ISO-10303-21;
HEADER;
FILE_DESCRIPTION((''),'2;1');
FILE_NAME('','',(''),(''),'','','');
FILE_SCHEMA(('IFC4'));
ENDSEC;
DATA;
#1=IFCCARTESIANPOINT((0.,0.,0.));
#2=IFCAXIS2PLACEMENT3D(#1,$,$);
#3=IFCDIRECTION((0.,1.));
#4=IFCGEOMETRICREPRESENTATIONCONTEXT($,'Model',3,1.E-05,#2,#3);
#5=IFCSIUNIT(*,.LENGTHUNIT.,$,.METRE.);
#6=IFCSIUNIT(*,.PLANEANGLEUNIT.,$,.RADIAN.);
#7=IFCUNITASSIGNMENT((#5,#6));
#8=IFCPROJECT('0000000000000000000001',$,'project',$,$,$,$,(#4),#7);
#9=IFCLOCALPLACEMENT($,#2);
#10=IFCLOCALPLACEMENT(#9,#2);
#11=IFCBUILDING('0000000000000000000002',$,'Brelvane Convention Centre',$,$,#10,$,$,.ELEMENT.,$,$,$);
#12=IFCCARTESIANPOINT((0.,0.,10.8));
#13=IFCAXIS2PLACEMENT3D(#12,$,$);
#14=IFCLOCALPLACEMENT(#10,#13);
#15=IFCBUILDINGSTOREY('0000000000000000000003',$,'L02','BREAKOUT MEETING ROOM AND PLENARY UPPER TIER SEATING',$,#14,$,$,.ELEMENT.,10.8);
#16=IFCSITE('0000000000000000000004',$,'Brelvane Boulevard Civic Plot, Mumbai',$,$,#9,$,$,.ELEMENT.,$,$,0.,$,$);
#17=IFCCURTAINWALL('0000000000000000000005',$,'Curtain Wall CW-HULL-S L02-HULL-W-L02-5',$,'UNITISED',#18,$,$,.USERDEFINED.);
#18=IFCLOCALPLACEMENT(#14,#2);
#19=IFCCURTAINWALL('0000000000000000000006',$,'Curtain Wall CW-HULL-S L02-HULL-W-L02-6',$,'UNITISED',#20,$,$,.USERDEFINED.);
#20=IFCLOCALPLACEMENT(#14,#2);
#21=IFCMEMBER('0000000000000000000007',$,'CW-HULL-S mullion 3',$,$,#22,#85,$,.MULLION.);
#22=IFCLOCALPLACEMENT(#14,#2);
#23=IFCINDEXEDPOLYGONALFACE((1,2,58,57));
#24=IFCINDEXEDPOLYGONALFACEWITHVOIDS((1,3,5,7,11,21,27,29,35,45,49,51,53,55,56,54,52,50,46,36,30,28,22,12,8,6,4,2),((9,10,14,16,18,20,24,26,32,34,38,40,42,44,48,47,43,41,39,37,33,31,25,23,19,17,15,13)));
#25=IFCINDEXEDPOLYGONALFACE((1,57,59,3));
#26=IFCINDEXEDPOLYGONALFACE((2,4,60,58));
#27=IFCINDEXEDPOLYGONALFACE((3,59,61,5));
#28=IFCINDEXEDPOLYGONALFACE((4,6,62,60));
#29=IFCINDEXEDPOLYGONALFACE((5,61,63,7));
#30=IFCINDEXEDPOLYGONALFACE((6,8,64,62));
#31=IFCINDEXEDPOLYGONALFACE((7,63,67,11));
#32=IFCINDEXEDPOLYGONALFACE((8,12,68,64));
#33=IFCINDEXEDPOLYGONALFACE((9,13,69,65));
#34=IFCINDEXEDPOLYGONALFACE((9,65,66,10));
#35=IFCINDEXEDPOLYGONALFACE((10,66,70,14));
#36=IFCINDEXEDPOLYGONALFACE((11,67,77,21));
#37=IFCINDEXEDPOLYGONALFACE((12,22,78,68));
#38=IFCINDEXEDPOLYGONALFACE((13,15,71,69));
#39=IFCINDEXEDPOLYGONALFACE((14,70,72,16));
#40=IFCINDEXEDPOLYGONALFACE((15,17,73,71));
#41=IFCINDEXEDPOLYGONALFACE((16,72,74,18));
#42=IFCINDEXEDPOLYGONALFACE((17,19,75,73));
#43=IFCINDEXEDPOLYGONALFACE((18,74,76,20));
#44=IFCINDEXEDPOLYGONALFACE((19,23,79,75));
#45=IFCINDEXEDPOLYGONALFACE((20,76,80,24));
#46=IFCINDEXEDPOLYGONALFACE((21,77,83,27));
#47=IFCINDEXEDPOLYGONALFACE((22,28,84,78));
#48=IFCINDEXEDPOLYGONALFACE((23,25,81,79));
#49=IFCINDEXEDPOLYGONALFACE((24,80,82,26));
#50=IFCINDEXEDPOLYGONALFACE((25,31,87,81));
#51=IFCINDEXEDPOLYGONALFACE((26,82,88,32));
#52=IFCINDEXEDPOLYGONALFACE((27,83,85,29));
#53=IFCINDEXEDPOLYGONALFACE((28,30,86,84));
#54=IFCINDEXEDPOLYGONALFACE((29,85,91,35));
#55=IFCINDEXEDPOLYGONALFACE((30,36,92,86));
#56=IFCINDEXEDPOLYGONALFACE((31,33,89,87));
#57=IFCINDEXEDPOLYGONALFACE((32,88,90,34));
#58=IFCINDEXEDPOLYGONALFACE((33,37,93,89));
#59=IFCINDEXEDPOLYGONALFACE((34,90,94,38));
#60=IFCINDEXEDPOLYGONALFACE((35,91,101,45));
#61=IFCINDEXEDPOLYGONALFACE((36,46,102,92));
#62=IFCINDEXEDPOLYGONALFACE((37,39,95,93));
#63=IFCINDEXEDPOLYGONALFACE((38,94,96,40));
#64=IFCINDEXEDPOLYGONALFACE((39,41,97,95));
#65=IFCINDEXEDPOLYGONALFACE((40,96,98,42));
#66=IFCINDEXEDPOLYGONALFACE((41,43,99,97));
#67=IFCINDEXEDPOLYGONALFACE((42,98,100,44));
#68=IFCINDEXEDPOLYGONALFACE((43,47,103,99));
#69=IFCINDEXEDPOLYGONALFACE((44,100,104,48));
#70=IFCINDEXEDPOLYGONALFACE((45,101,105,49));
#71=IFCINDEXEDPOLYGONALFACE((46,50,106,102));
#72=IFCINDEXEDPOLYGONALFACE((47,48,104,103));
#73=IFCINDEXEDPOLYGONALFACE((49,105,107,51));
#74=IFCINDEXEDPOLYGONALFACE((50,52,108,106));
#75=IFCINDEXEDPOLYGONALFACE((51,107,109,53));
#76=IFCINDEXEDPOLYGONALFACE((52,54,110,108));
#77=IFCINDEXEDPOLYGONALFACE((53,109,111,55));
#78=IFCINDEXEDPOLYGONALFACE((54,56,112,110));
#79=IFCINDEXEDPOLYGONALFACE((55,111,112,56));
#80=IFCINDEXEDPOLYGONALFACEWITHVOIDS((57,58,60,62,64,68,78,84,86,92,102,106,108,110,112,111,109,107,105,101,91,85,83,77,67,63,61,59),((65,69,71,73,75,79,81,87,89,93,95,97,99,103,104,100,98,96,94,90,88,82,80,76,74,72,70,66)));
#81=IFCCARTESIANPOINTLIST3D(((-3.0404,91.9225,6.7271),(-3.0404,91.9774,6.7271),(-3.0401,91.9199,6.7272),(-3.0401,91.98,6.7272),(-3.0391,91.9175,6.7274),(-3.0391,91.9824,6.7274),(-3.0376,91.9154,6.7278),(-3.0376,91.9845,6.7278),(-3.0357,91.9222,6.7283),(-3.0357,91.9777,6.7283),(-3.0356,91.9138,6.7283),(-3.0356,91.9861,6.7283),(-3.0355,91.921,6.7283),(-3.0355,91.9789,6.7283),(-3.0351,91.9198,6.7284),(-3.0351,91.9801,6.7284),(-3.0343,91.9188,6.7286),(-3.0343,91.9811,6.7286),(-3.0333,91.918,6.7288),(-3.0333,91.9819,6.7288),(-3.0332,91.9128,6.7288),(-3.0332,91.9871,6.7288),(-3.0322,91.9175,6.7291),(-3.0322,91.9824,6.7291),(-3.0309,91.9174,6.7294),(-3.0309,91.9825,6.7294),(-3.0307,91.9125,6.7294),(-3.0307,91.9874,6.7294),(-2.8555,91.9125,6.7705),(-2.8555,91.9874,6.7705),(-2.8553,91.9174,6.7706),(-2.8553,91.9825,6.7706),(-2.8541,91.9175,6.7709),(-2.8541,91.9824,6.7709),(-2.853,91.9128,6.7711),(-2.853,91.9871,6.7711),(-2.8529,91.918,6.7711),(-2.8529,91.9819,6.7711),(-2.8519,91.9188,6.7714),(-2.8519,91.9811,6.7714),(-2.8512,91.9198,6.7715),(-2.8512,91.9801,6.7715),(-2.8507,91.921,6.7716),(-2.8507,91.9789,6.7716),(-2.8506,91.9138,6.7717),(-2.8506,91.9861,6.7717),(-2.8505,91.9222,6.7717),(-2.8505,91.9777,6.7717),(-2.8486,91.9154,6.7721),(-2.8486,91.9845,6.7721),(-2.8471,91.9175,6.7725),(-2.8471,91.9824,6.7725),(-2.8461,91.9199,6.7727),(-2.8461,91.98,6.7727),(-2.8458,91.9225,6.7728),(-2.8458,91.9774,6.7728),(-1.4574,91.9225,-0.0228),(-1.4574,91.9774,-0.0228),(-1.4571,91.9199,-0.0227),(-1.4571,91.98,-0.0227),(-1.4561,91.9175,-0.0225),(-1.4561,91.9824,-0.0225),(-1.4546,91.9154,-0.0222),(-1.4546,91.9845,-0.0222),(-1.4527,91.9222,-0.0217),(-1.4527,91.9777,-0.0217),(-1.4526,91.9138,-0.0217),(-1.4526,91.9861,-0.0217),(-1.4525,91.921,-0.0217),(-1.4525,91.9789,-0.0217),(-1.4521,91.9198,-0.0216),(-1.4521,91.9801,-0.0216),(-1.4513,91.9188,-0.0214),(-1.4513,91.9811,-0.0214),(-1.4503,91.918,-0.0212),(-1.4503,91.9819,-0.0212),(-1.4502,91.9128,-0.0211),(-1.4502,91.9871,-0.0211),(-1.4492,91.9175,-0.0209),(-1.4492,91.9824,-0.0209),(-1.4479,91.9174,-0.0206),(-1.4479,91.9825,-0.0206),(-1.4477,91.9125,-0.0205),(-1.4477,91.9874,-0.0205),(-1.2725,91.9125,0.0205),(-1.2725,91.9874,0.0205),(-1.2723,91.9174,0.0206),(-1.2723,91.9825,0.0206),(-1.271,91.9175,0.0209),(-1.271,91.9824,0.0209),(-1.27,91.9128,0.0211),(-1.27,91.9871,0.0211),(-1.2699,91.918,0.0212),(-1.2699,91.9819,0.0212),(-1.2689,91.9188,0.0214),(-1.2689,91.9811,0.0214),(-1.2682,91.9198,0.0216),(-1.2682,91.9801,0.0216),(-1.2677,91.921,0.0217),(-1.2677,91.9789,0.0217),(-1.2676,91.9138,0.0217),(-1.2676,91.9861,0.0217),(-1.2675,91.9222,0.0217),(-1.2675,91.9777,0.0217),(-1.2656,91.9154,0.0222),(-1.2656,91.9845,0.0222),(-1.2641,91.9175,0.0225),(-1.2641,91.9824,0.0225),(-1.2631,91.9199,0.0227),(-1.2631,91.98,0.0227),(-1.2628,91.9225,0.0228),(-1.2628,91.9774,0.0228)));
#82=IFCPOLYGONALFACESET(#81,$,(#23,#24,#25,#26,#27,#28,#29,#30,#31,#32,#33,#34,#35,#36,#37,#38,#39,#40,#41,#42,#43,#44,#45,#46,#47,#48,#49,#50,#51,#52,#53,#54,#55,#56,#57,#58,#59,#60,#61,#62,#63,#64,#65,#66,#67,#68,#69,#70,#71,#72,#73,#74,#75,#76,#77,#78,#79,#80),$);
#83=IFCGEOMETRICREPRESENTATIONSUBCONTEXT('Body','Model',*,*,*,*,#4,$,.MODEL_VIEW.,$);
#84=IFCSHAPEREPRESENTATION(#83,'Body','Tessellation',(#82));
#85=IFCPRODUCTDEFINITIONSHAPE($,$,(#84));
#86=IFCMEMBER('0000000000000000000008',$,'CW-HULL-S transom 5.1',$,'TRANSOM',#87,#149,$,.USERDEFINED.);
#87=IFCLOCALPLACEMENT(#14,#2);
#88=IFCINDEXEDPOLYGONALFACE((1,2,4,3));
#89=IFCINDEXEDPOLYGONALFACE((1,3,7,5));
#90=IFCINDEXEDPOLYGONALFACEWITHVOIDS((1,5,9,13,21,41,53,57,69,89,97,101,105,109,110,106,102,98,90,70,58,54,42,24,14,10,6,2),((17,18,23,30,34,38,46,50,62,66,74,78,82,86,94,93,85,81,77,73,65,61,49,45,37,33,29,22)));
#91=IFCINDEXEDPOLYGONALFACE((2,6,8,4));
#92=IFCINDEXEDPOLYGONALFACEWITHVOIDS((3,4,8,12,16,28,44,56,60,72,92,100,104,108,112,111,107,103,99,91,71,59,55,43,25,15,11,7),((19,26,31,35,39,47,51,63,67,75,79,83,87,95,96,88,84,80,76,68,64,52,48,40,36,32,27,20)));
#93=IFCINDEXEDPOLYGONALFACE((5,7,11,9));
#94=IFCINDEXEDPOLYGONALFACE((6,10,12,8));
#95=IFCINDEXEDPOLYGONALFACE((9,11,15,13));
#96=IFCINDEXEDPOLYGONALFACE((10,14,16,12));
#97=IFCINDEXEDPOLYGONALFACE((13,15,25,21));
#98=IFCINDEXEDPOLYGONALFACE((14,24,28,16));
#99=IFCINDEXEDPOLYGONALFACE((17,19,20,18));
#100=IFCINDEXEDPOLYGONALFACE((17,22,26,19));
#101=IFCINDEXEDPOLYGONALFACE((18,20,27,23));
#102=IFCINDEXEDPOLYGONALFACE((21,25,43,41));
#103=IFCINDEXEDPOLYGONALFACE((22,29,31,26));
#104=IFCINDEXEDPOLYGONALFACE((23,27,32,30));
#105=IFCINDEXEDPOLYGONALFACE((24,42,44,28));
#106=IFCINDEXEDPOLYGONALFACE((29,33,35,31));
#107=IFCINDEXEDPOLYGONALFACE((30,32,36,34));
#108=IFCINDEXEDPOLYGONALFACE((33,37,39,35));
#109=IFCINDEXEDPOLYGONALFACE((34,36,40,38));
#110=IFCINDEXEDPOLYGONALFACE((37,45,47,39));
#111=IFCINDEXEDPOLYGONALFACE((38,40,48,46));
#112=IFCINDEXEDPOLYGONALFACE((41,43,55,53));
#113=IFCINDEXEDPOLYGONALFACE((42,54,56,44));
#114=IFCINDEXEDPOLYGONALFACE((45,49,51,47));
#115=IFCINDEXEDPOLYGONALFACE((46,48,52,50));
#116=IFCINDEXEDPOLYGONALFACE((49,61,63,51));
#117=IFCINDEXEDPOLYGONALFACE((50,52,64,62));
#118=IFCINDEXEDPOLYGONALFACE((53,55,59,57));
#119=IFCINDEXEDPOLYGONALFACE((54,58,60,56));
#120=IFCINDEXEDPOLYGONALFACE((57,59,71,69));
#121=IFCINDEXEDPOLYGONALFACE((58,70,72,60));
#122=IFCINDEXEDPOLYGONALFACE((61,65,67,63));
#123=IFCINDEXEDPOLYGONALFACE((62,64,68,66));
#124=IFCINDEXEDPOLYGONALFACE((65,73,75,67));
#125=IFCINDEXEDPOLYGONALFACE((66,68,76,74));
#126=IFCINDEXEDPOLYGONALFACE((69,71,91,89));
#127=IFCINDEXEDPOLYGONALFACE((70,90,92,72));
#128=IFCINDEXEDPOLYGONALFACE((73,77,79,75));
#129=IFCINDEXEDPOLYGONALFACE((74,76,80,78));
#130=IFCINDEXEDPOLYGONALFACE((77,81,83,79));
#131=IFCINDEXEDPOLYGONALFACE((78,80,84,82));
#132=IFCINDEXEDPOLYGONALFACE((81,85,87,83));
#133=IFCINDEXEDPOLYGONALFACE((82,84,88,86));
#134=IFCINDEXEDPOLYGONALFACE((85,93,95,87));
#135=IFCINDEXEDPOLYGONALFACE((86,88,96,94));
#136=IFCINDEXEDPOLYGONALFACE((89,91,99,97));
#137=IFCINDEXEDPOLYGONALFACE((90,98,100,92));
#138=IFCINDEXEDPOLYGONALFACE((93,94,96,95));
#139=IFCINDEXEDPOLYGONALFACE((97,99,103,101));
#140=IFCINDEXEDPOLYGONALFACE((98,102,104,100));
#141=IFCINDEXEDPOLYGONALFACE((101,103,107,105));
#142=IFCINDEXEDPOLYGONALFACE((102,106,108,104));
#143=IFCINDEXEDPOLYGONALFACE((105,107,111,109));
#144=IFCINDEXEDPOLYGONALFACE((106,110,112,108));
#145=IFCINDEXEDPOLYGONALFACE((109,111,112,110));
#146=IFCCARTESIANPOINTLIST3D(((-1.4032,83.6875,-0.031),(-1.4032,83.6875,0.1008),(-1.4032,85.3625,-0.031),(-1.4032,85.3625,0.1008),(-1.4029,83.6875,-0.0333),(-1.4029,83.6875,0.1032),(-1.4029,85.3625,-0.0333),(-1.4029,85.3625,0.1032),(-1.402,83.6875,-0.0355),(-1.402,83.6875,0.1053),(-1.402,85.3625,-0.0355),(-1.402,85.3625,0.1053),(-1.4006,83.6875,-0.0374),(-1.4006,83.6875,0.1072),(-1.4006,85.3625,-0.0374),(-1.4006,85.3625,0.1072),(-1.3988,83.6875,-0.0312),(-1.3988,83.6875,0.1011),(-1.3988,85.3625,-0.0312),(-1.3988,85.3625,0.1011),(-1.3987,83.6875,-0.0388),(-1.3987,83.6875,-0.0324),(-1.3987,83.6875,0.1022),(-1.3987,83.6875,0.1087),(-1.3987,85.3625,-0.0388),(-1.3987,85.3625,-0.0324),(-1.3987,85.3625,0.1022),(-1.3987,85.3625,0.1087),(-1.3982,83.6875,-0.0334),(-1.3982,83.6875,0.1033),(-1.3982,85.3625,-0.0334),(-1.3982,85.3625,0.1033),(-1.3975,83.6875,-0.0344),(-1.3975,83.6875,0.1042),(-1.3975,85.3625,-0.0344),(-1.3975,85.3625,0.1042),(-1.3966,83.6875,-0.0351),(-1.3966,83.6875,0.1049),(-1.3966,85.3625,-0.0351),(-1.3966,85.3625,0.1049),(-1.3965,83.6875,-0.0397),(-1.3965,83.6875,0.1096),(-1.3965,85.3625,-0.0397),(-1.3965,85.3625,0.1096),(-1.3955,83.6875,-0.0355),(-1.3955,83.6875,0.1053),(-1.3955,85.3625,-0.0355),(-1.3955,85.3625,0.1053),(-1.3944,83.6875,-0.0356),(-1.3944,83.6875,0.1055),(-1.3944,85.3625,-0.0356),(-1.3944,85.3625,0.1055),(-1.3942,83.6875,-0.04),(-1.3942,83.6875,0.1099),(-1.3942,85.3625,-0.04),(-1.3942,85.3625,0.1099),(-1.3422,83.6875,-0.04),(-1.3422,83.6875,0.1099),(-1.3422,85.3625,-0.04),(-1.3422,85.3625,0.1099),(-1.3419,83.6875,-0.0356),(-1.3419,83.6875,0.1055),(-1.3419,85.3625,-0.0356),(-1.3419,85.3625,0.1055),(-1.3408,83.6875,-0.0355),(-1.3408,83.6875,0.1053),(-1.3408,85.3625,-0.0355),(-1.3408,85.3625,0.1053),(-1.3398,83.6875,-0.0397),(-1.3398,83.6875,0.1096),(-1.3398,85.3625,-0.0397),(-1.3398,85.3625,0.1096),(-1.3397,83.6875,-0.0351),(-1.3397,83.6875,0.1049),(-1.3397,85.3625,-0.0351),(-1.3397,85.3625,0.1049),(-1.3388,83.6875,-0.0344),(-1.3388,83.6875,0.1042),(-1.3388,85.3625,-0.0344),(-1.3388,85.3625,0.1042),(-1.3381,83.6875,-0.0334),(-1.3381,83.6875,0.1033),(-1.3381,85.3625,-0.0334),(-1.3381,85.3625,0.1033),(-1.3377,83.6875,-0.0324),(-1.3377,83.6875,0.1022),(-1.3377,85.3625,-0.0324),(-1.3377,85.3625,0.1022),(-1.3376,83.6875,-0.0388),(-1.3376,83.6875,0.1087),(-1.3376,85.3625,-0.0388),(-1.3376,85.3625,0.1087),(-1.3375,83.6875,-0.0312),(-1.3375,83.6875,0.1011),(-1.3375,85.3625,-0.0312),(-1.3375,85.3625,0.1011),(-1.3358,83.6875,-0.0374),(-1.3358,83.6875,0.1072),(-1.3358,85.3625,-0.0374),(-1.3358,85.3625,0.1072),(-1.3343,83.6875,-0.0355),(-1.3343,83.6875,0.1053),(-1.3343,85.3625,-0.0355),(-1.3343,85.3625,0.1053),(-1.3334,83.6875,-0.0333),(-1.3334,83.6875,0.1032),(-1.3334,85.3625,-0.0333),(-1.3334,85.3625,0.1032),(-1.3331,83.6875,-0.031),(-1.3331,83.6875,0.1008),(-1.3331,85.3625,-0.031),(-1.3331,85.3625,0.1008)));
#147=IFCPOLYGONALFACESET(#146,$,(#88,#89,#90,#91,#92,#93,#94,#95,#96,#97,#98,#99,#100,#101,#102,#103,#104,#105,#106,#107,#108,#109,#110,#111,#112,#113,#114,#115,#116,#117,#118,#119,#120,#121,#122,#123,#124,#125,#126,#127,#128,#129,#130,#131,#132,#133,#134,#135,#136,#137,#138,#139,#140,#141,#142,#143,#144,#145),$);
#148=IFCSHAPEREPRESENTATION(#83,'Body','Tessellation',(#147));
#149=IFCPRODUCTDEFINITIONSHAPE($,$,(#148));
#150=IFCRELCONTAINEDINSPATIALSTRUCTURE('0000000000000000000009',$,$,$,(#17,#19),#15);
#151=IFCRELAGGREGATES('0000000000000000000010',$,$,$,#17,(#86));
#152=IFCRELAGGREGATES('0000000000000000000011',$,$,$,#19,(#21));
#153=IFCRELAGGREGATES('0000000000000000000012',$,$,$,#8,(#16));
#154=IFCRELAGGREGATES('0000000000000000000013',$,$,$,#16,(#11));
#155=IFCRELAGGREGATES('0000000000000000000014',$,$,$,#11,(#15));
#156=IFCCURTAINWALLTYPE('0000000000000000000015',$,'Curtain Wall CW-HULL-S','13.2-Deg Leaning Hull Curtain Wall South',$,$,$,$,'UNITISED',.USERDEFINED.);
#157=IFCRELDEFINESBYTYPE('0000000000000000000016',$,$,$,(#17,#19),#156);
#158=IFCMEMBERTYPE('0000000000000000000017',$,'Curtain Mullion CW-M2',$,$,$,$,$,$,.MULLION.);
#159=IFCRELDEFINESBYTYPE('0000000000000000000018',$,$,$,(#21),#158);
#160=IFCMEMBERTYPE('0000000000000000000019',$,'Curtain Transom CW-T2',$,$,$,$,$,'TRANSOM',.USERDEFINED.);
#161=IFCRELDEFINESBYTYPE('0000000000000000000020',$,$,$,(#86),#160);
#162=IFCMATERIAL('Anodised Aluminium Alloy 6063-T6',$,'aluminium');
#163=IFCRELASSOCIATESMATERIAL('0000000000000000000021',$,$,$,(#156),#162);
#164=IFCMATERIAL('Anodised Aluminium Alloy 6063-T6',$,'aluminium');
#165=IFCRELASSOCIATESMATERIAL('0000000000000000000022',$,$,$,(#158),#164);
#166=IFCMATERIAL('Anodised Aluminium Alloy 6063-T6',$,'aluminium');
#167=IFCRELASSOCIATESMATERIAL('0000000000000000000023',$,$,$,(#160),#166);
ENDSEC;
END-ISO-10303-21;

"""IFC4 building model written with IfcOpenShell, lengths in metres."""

from ifc_helpers import new_model, si_unit, direction, frame, origin, origin_2d, place, context, subcontext, project, spatial, hollow_rectangle, extrude, material, material_profile, profile_set, type_object, element, aggregate, save


model = new_model("IFC4")

# Units and contexts
model_context = context("Model", 3, precision=1e-05, world=origin(), true_north=direction((0.0, 1.0)))
body_context = subcontext(model_context, "Body", "Model", "MODEL_VIEW")
ifc_project = project(units=[si_unit("LENGTHUNIT", "METRE"), si_unit("PLANEANGLEUNIT", "RADIAN")], contexts=[model_context])

# Site, building, storey
site_placement = place(None, origin())
site = spatial("IfcSite", under=ifc_project, at=site_placement, Name="Brelvane Boulevard Civic Plot, Mumbai", CompositionType="ELEMENT", RefElevation=0.0)
building_placement = place(site_placement, origin())
building = spatial("IfcBuilding", under=site, at=building_placement, Name="Brelvane Convention Centre", CompositionType="ELEMENT")
storey_placement = place(building_placement, frame((0.0, 0.0, 10.8)))
storey = spatial("IfcBuildingStorey", under=building, at=storey_placement, Name="L02", Description="BREAKOUT MEETING ROOM AND PLENARY UPPER TIER SEATING", CompositionType="ELEMENT", Elevation=10.8)

# Curtain walls, member
ifc_material_1 = material(Name="Anodised Aluminium Alloy 6063-T6", Category="aluminium")
curtain_wall_type = type_object("IfcCurtainWallType", Name="Curtain Wall CW-HULL-S", Description="13.2-Deg Leaning Hull Curtain Wall South", ElementType="UNITISED", PredefinedType="USERDEFINED", material=ifc_material_1)
curtain_wall_1_placement = place(storey_placement, origin())
curtain_wall_1 = element("IfcCurtainWall", 1, at=curtain_wall_1_placement, inside=storey, type_object=curtain_wall_type, Name="Curtain Wall CW-HULL-S L02-HULL-W-L02-5", ObjectType="UNITISED", PredefinedType="USERDEFINED")
ifc_material_2 = material(Name="Anodised Aluminium Alloy 6063-T6", Category="aluminium")
ifc_material_profile_1 = material_profile(ifc_material_2, hollow_rectangle(XDim=0.075, YDim=0.2, WallThickness=0.0049, InnerFilletRadius=0.0049, OuterFilletRadius=0.01, at=origin_2d()), Name="ALU-M 200x75x5.0")
ifc_profile_set_1 = profile_set([ifc_material_profile_1], Name="Anodised Aluminium Alloy 6063-T6")
member_type_1 = type_object("IfcMemberType", Name="Curtain Mullion CW-M2", PredefinedType="MULLION", material=ifc_profile_set_1)
curtain_wall_2_placement = place(storey_placement, origin())
curtain_wall_2 = element("IfcCurtainWall", 2, at=curtain_wall_2_placement, inside=storey, type_object=curtain_wall_type, Name="Curtain Wall CW-HULL-S L02-HULL-W-L02-6", ObjectType="UNITISED", PredefinedType="USERDEFINED")
member_1_placement = place(storey_placement, frame((-1.3601, 91.95, 0.0), z_axis=(-0.228325, 0.0, 0.973585), x_axis=(0.0, -1.0, 0.0)))
member_1 = element("IfcMember", 3, at=member_1_placement, type_object=member_type_1, Name="CW-HULL-S mullion 3", PredefinedType="MULLION", context=body_context, shape_type="SweptSolid", body=[
    extrude(hollow_rectangle(XDim=0.075, YDim=0.2, WallThickness=0.0049, InnerFilletRadius=0.0049, OuterFilletRadius=0.01, at=origin_2d()), origin(), (0.0, 0.0, 1.0), 6.9331),
])

# Member
ifc_material_3 = material(Name="Anodised Aluminium Alloy 6063-T6", Category="aluminium")
ifc_material_profile_2 = material_profile(ifc_material_3, hollow_rectangle(XDim=0.0701, YDim=0.1499, WallThickness=0.0044, InnerFilletRadius=0.0044, OuterFilletRadius=0.009, at=origin_2d()), Name="ALU-T 150x70x4.5")
ifc_profile_set_2 = profile_set([ifc_material_profile_2], Name="Anodised Aluminium Alloy 6063-T6")
member_type_2 = type_object("IfcMemberType", Name="Curtain Transom CW-T2", ElementType="TRANSOM", PredefinedType="USERDEFINED", material=ifc_profile_set_2)
member_2_placement = place(storey_placement, frame((-1.3682, 83.6875, 0.0349), z_axis=(0.0, 1.0, 0.0), x_axis=(-1.0, 0.0, 0.0)))
member_2 = element("IfcMember", 4, at=member_2_placement, type_object=member_type_2, Name="CW-HULL-S transom 5.1", ObjectType="TRANSOM", PredefinedType="USERDEFINED", context=body_context, shape_type="SweptSolid", body=[
    extrude(hollow_rectangle(XDim=0.0701, YDim=0.1499, WallThickness=0.0044, InnerFilletRadius=0.0044, OuterFilletRadius=0.009, at=origin_2d()), origin(), (0.0, 0.0, 1.0), 1.675),
])

aggregate(curtain_wall_1, [member_2])
aggregate(curtain_wall_2, [member_1])

save(model, "model.ifc")
